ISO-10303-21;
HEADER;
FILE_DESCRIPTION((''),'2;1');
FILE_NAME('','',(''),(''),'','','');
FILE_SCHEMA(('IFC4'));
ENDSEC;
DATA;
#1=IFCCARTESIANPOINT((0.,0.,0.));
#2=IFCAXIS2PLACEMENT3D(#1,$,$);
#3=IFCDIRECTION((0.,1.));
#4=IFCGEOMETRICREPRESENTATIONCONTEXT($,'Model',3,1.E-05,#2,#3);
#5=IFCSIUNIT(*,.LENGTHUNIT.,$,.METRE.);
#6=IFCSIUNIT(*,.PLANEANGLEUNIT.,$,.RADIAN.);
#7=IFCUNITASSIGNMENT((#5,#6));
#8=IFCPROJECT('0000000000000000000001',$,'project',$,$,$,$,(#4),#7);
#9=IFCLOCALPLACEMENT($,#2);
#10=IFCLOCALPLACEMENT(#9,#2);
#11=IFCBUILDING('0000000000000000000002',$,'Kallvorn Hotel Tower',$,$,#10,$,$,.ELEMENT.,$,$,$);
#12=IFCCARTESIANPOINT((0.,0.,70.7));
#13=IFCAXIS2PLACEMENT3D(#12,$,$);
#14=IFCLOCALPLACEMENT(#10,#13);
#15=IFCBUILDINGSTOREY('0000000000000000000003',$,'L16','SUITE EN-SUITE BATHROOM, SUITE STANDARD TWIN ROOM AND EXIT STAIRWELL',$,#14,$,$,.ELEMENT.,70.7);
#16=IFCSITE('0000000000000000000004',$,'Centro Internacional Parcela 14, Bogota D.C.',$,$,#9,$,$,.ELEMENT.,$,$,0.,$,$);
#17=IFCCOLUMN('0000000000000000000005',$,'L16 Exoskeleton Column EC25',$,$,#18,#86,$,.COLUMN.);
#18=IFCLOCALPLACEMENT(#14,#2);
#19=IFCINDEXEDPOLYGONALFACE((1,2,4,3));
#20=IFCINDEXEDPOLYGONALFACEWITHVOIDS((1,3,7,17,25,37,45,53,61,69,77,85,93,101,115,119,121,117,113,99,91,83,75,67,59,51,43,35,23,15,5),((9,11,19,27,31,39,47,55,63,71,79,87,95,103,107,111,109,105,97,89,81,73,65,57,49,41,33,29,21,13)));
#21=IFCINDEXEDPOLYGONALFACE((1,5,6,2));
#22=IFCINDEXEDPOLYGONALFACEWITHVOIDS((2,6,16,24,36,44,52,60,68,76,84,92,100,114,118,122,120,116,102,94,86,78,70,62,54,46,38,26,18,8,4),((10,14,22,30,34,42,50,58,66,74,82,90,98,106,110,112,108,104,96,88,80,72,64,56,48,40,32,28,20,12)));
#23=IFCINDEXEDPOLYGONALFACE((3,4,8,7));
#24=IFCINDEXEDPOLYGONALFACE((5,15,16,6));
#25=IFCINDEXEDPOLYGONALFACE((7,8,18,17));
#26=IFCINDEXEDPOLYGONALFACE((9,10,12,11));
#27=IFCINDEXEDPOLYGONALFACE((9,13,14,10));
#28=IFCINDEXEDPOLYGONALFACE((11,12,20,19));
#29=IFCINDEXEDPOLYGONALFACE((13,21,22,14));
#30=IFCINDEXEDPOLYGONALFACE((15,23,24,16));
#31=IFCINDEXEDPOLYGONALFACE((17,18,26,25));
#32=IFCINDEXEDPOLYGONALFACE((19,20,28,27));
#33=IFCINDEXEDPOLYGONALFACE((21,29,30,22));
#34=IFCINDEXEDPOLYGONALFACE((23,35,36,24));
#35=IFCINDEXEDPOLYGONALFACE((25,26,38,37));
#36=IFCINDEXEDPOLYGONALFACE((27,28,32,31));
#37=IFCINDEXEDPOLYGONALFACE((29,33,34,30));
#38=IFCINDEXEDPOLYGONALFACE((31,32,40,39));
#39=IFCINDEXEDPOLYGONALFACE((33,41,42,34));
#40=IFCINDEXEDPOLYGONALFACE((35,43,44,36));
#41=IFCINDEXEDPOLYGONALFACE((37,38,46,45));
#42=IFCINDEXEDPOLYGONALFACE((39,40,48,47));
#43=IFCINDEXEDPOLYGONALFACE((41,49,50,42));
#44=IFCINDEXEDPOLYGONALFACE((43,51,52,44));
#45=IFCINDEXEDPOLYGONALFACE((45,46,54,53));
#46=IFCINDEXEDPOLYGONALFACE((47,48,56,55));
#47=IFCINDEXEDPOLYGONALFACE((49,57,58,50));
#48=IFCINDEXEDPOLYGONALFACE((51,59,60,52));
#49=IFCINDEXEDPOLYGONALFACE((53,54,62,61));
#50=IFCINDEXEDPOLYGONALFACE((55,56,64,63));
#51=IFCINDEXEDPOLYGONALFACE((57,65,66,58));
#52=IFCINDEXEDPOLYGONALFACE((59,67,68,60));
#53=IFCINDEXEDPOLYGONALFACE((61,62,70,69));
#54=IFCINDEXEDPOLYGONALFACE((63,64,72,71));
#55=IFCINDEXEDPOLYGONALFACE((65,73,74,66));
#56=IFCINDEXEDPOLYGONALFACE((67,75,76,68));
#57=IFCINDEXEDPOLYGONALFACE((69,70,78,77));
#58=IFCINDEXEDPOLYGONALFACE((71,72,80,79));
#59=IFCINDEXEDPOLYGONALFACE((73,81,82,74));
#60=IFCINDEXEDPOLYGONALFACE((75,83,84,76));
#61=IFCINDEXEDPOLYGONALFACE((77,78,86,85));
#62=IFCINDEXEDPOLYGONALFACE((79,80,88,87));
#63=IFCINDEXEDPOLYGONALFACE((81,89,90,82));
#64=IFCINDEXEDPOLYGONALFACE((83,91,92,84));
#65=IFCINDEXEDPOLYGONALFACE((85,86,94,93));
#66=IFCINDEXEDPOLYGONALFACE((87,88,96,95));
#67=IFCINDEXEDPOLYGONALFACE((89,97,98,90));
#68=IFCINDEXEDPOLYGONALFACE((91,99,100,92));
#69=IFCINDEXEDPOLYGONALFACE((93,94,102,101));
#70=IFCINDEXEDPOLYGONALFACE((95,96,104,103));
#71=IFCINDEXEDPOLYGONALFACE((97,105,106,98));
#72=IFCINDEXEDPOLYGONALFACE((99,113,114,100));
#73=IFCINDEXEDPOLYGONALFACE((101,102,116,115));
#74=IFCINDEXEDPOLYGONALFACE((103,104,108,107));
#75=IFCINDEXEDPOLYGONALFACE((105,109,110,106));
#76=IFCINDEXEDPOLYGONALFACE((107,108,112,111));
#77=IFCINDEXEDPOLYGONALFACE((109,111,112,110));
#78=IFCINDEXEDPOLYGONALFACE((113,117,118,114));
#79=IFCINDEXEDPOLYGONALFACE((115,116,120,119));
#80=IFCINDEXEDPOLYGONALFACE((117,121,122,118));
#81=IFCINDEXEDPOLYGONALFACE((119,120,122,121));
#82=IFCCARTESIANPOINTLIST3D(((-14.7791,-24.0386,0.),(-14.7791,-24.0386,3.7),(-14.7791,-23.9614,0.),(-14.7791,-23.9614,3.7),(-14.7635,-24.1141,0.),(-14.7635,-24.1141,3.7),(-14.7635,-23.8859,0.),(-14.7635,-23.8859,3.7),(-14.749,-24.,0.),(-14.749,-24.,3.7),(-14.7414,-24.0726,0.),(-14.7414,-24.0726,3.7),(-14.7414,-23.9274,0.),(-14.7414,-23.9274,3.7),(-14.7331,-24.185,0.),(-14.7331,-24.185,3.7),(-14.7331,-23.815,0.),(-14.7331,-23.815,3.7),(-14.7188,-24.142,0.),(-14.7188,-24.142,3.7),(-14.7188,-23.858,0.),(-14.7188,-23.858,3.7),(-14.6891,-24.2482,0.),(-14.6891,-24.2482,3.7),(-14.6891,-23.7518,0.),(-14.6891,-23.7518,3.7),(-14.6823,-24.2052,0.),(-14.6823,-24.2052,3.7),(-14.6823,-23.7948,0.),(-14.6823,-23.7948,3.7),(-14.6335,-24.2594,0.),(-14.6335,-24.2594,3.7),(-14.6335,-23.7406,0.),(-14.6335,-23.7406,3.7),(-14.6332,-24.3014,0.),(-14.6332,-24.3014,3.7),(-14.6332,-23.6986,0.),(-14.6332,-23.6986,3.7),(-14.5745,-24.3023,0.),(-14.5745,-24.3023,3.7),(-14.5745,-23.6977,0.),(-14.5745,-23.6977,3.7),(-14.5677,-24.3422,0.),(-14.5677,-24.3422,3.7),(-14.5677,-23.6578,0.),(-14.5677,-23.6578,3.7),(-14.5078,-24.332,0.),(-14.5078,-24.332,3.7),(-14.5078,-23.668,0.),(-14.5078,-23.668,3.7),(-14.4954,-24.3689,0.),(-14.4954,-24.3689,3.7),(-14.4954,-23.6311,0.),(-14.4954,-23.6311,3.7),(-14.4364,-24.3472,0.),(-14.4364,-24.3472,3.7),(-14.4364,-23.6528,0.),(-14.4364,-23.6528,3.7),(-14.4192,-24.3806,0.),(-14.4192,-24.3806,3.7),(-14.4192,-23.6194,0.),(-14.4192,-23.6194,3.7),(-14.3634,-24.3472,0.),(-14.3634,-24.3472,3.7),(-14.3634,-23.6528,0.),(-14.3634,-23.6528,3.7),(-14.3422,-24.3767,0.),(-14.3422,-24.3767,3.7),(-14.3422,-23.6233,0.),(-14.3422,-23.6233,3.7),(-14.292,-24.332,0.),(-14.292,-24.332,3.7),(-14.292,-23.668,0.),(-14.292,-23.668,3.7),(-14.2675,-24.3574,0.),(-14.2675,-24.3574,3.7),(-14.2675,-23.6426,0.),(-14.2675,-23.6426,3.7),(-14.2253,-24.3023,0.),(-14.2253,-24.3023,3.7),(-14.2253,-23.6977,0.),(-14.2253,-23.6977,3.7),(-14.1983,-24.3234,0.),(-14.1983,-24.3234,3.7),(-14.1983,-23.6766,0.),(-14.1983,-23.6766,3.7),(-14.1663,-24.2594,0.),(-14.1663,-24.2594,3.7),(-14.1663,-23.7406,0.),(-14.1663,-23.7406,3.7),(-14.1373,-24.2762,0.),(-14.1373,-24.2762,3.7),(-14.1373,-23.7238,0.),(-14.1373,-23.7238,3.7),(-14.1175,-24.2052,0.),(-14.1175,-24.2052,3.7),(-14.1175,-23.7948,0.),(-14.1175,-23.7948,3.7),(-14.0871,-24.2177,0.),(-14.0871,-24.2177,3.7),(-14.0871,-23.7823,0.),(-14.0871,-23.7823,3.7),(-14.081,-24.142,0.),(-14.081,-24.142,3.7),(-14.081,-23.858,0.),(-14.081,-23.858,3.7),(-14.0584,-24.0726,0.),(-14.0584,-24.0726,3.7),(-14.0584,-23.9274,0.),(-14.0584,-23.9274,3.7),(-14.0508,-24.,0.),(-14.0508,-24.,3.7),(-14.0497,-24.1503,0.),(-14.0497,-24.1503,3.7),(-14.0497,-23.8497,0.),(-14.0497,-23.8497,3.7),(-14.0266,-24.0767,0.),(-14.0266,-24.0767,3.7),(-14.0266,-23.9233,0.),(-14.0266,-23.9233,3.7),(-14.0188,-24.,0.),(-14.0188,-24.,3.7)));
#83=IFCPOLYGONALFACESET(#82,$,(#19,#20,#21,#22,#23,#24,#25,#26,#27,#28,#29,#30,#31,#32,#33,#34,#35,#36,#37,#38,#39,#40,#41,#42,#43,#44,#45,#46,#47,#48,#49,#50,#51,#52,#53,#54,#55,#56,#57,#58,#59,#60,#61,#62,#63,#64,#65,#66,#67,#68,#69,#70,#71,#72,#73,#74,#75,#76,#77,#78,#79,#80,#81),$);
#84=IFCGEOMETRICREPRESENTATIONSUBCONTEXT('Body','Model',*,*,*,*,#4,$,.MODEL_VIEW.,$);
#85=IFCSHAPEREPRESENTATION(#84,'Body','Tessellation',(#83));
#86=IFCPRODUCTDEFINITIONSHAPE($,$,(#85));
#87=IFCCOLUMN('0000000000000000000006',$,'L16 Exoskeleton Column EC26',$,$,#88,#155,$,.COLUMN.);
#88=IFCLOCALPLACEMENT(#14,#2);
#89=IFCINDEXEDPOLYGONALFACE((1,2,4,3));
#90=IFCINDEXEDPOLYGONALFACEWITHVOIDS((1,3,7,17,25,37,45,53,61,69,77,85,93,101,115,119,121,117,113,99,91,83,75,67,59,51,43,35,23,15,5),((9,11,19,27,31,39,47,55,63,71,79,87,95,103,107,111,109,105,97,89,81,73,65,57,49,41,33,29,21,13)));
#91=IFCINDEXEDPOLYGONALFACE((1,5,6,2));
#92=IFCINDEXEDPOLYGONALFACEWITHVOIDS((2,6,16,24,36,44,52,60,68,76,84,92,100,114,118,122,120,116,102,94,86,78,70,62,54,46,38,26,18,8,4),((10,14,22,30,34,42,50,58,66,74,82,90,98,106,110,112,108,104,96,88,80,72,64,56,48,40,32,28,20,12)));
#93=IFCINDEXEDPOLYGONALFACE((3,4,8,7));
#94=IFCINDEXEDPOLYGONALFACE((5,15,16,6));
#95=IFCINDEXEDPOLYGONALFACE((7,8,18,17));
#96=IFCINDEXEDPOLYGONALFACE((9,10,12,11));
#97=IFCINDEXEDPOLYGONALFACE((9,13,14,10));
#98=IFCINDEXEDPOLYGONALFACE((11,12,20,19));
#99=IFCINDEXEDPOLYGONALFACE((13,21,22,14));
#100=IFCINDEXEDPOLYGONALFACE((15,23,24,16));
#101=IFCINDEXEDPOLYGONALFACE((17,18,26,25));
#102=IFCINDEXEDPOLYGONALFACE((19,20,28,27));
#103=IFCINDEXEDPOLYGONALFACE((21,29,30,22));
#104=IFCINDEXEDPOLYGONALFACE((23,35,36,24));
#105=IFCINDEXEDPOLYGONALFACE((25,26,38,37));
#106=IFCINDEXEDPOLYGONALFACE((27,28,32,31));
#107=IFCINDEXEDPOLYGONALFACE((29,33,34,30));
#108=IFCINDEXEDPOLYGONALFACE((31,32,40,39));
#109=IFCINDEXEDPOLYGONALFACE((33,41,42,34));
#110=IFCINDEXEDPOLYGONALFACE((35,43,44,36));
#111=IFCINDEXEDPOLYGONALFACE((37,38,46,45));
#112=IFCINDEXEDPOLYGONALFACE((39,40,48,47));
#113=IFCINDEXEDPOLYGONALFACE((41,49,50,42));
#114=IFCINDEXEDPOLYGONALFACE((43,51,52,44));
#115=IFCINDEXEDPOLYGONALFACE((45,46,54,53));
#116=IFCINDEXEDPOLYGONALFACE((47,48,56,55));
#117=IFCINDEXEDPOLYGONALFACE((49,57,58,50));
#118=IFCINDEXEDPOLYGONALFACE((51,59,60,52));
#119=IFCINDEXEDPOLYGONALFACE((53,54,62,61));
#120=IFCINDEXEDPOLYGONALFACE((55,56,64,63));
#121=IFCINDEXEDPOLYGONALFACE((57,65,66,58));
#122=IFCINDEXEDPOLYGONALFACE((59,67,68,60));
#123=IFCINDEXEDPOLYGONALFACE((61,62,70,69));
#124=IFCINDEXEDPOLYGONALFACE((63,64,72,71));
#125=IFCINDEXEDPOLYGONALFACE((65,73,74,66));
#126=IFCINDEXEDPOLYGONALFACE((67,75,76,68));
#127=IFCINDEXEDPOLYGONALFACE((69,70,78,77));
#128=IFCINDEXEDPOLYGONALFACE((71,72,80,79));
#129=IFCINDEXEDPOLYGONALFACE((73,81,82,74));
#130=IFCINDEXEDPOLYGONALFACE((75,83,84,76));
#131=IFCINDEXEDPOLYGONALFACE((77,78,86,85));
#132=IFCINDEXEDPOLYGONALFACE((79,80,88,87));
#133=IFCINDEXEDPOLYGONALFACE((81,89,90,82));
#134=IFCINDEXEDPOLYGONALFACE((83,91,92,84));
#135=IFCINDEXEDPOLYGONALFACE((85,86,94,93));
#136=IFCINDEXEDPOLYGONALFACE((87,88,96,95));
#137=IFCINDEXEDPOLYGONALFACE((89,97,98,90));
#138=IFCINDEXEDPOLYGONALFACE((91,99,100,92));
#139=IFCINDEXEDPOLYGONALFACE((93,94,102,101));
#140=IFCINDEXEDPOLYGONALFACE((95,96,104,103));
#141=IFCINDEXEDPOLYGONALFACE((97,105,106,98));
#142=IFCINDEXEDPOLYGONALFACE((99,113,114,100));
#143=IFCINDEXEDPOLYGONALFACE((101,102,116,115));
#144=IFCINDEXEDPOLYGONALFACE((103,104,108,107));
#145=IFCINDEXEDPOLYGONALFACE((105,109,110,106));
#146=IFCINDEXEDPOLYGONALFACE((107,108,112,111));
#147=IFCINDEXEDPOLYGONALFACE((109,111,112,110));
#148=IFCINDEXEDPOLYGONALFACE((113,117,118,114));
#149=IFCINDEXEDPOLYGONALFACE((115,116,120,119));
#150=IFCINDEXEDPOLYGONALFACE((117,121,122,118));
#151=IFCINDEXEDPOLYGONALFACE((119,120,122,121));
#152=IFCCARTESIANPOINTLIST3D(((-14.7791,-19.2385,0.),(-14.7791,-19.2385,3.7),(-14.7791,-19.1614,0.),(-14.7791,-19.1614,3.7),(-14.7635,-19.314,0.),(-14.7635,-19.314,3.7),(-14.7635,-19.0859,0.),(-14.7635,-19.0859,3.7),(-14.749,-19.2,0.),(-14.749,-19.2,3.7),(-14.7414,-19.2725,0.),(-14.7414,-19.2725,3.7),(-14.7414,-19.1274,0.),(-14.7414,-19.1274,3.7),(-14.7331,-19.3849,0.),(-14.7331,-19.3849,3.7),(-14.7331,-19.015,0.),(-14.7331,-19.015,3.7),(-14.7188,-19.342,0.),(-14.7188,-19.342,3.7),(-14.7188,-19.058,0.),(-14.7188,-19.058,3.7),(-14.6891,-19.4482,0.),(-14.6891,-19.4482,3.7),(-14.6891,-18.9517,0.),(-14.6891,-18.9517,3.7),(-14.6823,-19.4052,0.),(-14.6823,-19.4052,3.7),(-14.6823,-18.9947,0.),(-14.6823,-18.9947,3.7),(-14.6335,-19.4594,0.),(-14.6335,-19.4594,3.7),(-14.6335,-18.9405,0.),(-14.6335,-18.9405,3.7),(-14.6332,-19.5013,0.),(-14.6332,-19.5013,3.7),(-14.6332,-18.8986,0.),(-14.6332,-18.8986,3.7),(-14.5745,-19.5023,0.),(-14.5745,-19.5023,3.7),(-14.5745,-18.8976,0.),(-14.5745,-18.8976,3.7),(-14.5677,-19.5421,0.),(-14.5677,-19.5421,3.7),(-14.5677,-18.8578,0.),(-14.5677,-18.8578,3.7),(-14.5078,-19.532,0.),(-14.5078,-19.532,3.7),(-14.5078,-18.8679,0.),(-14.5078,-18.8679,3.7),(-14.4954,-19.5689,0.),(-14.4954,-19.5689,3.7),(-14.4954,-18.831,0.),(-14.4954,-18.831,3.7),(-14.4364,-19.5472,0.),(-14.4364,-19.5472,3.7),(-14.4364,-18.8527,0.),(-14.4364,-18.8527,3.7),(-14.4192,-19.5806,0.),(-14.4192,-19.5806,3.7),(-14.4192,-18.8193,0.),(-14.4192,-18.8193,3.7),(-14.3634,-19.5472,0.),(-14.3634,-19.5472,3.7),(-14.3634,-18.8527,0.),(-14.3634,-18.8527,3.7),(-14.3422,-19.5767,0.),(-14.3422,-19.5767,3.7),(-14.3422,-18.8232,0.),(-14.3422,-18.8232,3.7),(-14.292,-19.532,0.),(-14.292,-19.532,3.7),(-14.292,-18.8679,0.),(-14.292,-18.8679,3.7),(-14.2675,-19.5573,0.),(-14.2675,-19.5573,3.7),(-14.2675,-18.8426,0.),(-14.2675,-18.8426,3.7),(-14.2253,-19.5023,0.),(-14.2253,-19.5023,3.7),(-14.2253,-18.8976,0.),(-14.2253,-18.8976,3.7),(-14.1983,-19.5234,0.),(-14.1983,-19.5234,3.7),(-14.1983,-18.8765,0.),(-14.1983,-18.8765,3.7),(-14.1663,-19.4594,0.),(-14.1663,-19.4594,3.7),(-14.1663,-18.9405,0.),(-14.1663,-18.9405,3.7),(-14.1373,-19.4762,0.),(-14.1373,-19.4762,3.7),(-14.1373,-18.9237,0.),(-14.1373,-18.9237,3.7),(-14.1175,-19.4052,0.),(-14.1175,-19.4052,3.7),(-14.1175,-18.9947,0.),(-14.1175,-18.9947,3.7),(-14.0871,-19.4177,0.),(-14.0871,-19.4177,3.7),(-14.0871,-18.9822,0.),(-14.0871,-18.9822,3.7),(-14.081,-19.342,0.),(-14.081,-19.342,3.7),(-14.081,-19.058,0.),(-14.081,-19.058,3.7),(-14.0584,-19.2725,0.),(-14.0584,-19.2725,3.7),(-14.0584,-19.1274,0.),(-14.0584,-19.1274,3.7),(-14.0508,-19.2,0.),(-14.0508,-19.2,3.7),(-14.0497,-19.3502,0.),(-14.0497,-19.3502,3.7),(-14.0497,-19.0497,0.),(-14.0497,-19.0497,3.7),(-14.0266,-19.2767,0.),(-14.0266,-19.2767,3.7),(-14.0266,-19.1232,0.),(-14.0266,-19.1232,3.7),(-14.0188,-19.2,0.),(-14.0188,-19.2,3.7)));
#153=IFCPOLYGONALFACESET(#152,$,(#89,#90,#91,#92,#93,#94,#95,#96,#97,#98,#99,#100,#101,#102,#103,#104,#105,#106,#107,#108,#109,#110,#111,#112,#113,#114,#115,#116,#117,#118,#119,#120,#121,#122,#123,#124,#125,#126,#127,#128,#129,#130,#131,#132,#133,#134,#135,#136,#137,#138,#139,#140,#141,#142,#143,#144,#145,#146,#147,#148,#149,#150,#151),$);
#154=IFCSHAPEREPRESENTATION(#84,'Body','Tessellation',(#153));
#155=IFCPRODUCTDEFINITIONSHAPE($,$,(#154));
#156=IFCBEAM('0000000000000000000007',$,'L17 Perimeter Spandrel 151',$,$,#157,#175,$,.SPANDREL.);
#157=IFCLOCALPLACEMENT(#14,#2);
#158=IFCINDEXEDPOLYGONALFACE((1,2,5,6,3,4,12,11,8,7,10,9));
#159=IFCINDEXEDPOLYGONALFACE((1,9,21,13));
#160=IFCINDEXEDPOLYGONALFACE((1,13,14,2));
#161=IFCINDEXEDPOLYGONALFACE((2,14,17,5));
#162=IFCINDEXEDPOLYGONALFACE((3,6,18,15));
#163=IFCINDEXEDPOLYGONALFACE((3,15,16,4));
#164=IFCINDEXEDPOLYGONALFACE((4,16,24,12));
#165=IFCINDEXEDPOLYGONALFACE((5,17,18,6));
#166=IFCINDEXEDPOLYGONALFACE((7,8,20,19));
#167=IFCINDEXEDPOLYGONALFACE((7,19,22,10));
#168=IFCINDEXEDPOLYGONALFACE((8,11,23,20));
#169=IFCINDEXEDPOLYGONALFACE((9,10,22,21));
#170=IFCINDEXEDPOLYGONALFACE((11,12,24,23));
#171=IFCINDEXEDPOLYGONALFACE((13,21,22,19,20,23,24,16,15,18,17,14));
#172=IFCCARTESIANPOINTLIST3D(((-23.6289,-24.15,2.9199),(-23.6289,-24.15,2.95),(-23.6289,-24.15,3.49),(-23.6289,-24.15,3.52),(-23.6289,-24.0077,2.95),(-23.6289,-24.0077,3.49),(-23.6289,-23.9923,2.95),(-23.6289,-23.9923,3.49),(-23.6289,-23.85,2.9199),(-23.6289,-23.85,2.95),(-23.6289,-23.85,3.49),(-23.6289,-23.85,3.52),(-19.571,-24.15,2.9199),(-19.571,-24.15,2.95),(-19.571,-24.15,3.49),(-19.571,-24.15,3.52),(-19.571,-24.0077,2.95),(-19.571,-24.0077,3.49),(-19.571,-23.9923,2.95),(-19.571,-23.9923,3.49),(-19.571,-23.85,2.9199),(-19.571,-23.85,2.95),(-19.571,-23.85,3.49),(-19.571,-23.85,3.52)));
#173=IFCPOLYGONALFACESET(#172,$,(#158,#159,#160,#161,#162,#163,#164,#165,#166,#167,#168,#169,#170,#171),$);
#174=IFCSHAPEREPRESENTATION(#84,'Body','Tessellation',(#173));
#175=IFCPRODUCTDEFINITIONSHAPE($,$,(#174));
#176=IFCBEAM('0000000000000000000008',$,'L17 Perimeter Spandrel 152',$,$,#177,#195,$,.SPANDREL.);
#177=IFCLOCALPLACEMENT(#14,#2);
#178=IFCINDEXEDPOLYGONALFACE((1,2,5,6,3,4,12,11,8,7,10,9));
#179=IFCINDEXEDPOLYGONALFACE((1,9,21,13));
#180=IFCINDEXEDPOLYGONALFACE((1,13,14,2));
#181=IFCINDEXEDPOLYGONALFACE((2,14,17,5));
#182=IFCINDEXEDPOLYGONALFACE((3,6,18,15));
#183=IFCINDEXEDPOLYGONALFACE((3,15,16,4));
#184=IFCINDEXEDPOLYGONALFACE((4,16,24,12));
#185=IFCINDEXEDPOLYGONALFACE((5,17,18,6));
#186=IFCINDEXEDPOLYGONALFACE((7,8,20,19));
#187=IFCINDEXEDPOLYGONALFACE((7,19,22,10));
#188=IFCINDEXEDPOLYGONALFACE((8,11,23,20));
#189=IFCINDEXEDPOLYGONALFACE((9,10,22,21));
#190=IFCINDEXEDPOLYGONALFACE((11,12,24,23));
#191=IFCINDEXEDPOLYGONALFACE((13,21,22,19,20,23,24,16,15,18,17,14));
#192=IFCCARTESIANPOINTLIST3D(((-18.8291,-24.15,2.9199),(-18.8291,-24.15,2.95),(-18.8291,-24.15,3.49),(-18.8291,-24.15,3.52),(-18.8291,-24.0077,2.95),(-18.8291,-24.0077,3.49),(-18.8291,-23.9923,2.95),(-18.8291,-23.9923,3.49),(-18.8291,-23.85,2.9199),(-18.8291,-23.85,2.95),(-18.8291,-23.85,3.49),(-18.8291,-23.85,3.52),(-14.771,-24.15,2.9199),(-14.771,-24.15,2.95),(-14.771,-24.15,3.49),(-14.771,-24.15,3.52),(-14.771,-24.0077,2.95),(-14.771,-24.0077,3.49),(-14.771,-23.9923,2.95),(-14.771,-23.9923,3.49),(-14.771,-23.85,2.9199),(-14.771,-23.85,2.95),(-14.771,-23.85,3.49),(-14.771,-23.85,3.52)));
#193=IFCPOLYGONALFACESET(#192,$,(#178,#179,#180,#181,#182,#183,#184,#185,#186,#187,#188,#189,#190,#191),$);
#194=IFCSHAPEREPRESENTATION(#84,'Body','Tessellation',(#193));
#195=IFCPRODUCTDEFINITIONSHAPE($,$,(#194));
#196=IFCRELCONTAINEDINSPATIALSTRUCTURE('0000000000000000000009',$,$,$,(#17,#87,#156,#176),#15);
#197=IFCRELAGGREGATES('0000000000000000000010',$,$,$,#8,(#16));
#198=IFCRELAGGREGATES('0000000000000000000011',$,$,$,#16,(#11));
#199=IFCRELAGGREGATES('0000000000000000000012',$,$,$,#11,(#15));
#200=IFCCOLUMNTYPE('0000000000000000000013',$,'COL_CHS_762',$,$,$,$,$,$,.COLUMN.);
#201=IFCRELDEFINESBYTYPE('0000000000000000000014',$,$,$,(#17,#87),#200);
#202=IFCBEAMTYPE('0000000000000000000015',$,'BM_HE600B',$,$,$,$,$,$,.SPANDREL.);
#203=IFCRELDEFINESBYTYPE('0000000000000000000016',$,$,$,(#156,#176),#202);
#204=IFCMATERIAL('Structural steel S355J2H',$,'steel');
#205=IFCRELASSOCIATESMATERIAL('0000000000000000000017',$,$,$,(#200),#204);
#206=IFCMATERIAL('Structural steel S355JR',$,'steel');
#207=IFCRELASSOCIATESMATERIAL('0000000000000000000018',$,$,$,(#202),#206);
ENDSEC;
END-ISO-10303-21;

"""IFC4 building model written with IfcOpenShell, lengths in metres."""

from ifc_helpers import new_model, si_unit, direction, frame, origin, origin_2d, place, context, subcontext, project, spatial, hollow_circle, i_section, extrude, material, material_profile, profile_set, type_object, element, save


model = new_model("IFC4")

# Units and contexts
model_context = context("Model", 3, precision=1e-05, world=origin(), true_north=direction((0.0, 1.0)))
body_context = subcontext(model_context, "Body", "Model", "MODEL_VIEW")
ifc_project = project(units=[si_unit("LENGTHUNIT", "METRE"), si_unit("PLANEANGLEUNIT", "RADIAN")], contexts=[model_context])

# Site, building, storey
site_placement = place(None, origin())
site = spatial("IfcSite", under=ifc_project, at=site_placement, Name="Centro Internacional Parcela 14, Bogota D.C.", CompositionType="ELEMENT", RefElevation=0.0)
building_placement = place(site_placement, origin())
building = spatial("IfcBuilding", under=site, at=building_placement, Name="Kallvorn Hotel Tower", CompositionType="ELEMENT")
storey_placement = place(building_placement, frame((0.0, 0.0, 70.7)))
storey = spatial("IfcBuildingStorey", under=building, at=storey_placement, Name="L16", Description="SUITE EN-SUITE BATHROOM, SUITE STANDARD TWIN ROOM AND EXIT STAIRWELL", CompositionType="ELEMENT", Elevation=70.7)

# Columns
ifc_material_1 = material(Name="Structural steel S355J2H", Category="steel")
ifc_material_profile_1 = material_profile(ifc_material_1, hollow_circle(Radius=0.3811, WallThickness=0.032, at=origin_2d()), Name="CHS 762x32")
ifc_profile_set_1 = profile_set([ifc_material_profile_1], Name="Structural steel S355J2H")
column_type = type_object("IfcColumnType", Name="COL_CHS_762", PredefinedType="COLUMN", material=ifc_profile_set_1)
for number, where, z_axis, x_axis, name in (
    (1, (-14.3999, -24.0, 0.0), (0.0, 0.0, 1.0), (1.0, 0.0, 0.0), "L16 Exoskeleton Column EC25"),
    (2, (-14.3999, -19.2, 0.0), (0.0, 0.0, 1.0), (1.0, 0.0, 0.0), "L16 Exoskeleton Column EC26"),
):
    element("IfcColumn", number, at=place(storey_placement, frame(where, z_axis=z_axis, x_axis=x_axis)), inside=storey, type_object=column_type, Name=name, PredefinedType="COLUMN", context=body_context, shape_type="SweptSolid", body=[
        extrude(hollow_circle(Radius=0.3811, WallThickness=0.032, at=origin_2d()), origin(), (0.0, 0.0, 1.0), 3.7),
    ])

# Beams
ifc_material_2 = material(Name="Structural steel S355JR", Category="steel")
ifc_material_profile_2 = material_profile(ifc_material_2, i_section(OverallWidth=0.3, OverallDepth=0.6001, WebThickness=0.0154, FlangeThickness=0.03, at=origin_2d()), Name="HE 600 B")
ifc_profile_set_2 = profile_set([ifc_material_profile_2], Name="Structural steel S355JR")
beam_type_1 = type_object("IfcBeamType", Name="BM_HE600B", PredefinedType="SPANDREL", material=ifc_profile_set_2)
beam_1_placement = place(storey_placement, frame((-23.6289, -24.0, 3.22), z_axis=(1.0, 0.0, 0.0), x_axis=(0.0, 1.0, 0.0)))
element("IfcBeam", 3, at=beam_1_placement, inside=storey, type_object=beam_type_1, Name="L17 Perimeter Spandrel 151", PredefinedType="SPANDREL", context=body_context, shape_type="SweptSolid", body=[
    extrude(i_section(OverallWidth=0.3, OverallDepth=0.6001, WebThickness=0.0154, FlangeThickness=0.03, at=origin_2d()), origin(), (0.0, 0.0, 1.0), 4.0579),
])
beam_2_placement = place(storey_placement, frame((-18.8291, -24.0, 3.22), z_axis=(1.0, 0.0, 0.0), x_axis=(0.0, 1.0, 0.0)))
element("IfcBeam", 4, at=beam_2_placement, inside=storey, type_object=beam_type_1, Name="L17 Perimeter Spandrel 152", PredefinedType="SPANDREL", context=body_context, shape_type="SweptSolid", body=[
    extrude(i_section(OverallWidth=0.3, OverallDepth=0.6001, WebThickness=0.0154, FlangeThickness=0.03, at=origin_2d()), origin(), (0.0, 0.0, 1.0), 4.0581),
])

save(model, "model.ifc")
